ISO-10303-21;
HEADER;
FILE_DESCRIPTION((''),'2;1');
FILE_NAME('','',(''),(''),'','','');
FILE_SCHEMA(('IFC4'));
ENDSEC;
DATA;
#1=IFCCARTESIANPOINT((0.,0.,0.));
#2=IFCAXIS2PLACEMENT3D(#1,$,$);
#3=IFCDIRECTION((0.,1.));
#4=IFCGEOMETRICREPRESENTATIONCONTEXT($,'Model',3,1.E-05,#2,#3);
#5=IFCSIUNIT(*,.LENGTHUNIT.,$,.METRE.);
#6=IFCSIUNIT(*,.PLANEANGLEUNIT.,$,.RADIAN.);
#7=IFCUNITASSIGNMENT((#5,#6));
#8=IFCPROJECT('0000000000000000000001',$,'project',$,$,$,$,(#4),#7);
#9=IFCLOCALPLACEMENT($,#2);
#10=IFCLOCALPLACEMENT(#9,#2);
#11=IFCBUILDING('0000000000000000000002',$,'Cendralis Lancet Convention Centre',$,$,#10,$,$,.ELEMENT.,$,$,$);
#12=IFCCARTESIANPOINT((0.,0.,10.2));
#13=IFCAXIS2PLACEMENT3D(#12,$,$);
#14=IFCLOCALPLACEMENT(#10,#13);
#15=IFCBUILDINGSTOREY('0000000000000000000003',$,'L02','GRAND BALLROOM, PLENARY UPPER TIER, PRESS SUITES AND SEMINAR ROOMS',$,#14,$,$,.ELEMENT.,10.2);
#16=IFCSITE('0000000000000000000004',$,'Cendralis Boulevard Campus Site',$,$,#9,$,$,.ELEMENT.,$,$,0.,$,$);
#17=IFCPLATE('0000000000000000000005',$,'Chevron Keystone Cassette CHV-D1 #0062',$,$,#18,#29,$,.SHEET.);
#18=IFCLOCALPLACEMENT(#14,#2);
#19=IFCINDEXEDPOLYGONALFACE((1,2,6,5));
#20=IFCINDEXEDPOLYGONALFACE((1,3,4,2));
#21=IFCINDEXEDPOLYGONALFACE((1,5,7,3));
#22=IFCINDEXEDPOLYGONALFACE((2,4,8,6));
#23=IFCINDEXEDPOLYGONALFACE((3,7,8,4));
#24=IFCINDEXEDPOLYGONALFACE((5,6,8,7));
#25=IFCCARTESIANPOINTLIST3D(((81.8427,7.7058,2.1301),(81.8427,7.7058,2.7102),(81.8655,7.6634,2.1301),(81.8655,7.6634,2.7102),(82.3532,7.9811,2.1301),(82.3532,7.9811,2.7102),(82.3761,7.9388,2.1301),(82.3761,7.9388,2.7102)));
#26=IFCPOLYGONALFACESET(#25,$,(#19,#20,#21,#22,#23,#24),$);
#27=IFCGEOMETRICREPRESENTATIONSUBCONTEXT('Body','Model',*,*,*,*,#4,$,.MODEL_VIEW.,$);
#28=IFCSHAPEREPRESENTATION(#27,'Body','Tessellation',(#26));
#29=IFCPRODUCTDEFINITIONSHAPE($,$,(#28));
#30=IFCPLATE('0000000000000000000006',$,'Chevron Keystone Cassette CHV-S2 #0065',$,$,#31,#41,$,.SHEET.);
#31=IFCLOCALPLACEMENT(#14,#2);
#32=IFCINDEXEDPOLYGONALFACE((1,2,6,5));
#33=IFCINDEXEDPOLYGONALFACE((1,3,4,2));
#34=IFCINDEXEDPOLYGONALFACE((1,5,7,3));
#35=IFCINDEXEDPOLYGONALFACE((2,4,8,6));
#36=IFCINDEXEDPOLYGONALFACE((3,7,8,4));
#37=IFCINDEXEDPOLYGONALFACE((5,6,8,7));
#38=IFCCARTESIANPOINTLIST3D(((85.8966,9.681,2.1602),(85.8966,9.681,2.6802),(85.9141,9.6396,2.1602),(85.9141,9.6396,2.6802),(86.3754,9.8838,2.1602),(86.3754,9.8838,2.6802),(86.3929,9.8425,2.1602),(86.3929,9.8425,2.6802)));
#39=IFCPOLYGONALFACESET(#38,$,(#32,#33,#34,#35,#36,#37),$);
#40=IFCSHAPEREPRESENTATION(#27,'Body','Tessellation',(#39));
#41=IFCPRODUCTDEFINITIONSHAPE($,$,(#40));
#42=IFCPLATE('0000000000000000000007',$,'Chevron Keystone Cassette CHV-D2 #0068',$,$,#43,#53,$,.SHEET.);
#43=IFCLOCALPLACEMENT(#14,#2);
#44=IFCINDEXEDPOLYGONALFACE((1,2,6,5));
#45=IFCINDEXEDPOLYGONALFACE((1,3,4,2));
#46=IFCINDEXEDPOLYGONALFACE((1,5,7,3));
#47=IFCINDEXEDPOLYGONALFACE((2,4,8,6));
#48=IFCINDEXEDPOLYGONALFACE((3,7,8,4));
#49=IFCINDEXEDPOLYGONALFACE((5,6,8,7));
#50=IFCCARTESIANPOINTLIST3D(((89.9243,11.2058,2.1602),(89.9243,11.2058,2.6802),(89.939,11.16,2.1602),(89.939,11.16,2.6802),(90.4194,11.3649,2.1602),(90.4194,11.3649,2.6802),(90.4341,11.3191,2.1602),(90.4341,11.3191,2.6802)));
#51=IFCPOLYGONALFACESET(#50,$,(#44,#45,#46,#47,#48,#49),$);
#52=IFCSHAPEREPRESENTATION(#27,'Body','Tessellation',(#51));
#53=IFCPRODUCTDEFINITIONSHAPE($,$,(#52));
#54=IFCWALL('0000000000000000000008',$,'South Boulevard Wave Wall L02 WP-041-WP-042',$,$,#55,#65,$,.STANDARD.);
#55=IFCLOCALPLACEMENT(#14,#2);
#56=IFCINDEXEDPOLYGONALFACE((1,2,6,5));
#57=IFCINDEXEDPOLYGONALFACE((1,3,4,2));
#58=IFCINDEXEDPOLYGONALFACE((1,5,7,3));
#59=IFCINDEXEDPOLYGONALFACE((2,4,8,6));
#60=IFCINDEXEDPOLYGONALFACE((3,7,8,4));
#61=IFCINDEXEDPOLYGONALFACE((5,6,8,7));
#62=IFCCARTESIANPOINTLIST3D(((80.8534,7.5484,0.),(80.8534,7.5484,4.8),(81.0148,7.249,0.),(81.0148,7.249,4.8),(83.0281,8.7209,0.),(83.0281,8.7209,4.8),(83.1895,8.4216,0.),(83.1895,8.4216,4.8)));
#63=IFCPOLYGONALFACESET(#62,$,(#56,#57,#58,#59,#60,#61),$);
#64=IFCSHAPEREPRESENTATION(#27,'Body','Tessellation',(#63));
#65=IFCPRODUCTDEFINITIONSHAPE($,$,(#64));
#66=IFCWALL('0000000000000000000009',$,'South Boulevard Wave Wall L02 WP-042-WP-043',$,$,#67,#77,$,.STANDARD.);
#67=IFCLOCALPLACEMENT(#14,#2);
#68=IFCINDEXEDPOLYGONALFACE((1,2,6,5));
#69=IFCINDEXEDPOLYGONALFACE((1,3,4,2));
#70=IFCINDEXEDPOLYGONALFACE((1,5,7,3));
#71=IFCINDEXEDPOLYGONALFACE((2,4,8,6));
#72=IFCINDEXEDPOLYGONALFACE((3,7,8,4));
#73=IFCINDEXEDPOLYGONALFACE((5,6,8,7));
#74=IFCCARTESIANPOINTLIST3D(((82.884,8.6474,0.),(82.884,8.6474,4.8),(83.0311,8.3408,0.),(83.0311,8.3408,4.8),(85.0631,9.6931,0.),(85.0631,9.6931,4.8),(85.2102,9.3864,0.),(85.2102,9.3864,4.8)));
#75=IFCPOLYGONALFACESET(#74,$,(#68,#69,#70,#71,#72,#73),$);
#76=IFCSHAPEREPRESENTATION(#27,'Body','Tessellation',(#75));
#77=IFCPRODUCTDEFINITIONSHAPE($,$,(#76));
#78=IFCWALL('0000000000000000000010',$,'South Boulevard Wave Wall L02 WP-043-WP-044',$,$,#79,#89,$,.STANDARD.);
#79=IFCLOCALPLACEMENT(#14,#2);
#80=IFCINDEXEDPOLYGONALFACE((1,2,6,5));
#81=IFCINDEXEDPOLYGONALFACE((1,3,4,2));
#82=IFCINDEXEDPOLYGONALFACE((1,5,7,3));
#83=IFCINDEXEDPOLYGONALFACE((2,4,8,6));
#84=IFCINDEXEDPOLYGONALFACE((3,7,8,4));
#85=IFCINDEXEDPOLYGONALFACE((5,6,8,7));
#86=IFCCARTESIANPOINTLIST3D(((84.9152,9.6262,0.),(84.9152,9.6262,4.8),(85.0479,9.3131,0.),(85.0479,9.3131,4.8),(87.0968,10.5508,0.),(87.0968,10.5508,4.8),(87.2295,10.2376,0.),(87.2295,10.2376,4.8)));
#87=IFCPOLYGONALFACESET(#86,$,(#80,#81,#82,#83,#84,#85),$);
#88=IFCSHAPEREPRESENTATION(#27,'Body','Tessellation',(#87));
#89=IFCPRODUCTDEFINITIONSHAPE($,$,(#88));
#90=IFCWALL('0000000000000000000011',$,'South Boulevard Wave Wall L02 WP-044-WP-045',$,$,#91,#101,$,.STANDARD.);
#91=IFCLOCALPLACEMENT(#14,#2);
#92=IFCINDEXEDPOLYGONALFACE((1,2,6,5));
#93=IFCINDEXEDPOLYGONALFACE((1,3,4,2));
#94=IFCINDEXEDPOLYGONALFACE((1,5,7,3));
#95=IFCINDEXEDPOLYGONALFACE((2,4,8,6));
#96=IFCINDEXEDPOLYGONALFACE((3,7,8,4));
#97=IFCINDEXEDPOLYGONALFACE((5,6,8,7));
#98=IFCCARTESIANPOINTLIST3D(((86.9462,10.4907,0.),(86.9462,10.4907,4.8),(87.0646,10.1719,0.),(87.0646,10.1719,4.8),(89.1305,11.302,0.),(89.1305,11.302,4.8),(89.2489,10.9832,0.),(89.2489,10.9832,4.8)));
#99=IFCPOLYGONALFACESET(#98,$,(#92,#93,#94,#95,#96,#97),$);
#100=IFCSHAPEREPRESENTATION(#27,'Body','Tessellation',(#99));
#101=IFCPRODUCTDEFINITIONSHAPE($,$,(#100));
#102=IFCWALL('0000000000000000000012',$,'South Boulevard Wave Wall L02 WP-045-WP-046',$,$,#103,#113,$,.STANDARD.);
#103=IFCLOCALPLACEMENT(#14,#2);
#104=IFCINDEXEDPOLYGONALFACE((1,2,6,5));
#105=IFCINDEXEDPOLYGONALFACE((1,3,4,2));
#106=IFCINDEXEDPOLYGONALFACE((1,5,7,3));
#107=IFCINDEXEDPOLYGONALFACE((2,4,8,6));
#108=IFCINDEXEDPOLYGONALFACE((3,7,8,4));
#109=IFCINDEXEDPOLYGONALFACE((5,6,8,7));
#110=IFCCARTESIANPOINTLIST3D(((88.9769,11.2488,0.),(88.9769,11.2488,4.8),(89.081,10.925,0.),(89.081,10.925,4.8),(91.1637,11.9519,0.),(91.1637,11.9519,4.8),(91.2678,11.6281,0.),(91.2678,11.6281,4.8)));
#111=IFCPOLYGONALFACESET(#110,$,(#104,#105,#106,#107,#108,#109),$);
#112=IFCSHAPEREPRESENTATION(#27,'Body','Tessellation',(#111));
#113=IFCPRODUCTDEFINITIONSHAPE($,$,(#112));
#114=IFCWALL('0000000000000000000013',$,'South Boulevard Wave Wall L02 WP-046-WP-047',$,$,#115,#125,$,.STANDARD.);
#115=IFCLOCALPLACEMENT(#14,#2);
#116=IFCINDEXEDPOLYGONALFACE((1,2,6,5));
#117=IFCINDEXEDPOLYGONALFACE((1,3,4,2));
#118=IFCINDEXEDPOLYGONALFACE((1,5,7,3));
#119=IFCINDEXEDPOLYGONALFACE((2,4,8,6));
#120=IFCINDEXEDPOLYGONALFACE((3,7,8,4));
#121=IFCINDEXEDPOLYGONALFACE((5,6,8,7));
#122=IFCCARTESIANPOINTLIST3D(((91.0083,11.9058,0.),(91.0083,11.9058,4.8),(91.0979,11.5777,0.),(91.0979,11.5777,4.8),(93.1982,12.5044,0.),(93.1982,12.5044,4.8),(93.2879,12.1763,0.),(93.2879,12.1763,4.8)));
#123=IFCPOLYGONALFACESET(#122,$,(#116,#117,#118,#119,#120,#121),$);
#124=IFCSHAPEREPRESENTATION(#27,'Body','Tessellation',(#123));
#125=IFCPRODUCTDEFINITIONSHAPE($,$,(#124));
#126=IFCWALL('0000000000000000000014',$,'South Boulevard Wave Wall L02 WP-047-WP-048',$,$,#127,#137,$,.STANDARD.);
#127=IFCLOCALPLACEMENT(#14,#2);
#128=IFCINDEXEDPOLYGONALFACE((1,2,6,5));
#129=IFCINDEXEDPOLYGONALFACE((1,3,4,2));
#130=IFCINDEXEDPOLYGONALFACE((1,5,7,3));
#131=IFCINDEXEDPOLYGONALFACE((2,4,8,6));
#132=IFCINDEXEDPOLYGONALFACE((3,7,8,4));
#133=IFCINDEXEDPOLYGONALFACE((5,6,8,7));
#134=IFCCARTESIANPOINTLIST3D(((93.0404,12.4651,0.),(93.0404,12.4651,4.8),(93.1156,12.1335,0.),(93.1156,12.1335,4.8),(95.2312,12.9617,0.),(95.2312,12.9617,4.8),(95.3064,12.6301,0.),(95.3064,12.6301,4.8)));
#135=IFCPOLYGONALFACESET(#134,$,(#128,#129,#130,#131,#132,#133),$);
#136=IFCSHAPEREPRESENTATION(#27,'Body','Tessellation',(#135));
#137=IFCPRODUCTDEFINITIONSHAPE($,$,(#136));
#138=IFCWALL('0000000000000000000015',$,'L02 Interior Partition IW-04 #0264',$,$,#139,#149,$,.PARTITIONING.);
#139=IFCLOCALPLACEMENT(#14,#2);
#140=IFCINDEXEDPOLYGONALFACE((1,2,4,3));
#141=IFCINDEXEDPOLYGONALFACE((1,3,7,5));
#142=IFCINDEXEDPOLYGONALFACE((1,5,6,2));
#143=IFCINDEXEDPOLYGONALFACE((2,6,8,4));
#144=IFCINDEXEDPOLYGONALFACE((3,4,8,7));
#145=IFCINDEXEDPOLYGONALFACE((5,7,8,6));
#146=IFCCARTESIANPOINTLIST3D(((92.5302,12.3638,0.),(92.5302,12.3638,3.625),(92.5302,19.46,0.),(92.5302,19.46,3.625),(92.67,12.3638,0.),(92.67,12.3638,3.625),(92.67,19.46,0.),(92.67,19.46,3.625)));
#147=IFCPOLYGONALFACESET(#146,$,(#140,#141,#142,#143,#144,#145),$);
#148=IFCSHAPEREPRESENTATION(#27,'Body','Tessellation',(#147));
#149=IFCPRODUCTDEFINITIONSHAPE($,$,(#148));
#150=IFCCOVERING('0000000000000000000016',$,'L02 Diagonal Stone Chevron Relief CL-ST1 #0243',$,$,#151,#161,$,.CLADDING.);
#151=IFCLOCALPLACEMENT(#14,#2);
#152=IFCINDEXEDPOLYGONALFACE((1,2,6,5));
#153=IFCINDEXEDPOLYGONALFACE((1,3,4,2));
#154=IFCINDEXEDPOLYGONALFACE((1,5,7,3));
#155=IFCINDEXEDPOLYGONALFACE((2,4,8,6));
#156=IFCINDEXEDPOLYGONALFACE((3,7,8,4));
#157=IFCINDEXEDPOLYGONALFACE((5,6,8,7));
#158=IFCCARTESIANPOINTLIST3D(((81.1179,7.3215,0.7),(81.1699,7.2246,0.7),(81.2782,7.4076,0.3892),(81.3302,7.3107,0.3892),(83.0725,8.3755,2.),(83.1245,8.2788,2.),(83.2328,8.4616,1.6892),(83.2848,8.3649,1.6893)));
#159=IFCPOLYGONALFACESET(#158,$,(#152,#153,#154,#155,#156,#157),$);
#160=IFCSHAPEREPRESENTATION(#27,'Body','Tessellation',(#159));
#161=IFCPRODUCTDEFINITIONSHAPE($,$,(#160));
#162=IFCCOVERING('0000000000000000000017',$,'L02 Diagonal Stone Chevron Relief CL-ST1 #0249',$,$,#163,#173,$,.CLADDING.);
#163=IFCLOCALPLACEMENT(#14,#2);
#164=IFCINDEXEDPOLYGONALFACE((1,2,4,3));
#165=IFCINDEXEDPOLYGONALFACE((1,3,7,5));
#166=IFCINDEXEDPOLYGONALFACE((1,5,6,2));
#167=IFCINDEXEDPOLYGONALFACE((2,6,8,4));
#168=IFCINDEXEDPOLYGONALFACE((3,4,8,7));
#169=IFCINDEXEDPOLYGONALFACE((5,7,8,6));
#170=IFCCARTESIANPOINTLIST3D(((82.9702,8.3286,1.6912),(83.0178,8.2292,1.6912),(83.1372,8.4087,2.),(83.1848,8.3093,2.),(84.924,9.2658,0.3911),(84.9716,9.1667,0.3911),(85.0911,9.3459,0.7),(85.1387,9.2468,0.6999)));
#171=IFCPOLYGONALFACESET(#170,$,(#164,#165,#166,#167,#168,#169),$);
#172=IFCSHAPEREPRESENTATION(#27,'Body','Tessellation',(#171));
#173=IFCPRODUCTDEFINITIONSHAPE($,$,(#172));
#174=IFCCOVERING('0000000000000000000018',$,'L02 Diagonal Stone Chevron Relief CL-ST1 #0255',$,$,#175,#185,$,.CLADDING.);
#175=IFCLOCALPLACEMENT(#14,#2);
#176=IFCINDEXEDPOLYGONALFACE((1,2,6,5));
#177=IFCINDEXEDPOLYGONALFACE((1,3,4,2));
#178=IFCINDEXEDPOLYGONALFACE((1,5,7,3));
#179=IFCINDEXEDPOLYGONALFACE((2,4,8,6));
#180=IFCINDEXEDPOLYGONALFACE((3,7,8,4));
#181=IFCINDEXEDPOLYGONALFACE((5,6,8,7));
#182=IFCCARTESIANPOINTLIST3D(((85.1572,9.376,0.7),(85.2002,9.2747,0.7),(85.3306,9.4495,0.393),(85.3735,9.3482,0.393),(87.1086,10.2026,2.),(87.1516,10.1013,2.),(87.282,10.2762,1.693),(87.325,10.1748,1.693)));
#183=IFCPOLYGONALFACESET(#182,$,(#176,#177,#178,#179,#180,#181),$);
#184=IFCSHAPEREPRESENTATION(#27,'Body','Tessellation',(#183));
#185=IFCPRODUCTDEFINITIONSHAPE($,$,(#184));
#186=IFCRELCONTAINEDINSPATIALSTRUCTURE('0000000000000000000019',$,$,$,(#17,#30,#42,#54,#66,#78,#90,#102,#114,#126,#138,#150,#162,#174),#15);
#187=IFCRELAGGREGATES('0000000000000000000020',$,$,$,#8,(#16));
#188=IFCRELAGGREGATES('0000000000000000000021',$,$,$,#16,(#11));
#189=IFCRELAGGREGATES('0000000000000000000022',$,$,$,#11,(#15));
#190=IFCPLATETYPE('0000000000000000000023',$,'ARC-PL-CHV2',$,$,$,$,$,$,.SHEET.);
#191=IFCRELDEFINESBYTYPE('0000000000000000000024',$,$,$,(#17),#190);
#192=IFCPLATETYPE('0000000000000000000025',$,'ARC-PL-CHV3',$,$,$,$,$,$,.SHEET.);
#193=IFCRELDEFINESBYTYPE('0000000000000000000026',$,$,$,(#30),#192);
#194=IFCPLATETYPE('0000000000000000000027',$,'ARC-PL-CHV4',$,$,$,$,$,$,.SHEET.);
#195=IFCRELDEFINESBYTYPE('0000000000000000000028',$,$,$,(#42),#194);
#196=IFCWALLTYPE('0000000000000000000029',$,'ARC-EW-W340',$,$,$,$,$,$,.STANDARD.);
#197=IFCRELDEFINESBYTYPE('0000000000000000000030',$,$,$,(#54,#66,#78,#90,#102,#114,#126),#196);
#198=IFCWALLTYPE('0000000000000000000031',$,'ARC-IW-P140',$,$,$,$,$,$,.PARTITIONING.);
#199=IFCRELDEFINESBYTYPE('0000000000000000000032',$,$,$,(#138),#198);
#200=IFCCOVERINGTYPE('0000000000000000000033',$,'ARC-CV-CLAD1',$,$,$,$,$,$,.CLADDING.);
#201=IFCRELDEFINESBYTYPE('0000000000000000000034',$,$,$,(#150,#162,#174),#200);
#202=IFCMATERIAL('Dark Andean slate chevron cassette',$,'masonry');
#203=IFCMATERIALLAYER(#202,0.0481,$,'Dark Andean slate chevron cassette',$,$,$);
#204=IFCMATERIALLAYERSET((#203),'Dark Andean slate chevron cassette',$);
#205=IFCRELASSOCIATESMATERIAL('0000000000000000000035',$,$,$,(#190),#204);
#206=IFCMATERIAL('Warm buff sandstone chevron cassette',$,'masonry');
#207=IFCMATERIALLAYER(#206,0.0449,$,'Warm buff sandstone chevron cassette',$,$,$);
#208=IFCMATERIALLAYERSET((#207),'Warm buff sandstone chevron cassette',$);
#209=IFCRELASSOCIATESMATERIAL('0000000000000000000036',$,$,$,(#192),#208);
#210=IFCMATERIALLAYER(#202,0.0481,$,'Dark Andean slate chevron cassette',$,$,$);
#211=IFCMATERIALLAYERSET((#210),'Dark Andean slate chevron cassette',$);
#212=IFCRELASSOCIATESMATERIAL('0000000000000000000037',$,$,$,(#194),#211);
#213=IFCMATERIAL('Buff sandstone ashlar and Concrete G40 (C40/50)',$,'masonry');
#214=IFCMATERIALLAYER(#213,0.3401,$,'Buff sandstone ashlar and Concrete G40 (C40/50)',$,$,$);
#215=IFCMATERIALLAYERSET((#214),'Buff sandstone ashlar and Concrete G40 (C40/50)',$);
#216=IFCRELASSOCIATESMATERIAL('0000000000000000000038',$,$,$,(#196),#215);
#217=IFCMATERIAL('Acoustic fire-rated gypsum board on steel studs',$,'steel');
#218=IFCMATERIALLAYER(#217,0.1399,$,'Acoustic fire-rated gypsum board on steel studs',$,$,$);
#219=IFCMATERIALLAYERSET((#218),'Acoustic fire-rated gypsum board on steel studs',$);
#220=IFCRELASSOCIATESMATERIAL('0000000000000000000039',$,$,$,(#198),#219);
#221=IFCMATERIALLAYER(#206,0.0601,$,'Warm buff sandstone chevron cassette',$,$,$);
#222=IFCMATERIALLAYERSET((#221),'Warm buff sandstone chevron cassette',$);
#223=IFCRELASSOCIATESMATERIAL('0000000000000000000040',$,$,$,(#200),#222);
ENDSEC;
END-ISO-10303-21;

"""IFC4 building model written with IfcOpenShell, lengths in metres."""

from ifc_helpers import new_model, si_unit, direction, frame, frame_2d, origin, origin_2d, place, context, subcontext, project, spatial, polyline, rectangle, outline, extrude, material, layer, layer_set, type_object, element, save


model = new_model("IFC4")

# Units and contexts
model_context = context("Model", 3, precision=1e-05, world=origin(), true_north=direction((0.0, 1.0)))
body_context = subcontext(model_context, "Body", "Model", "MODEL_VIEW")
ifc_project = project(units=[si_unit("LENGTHUNIT", "METRE"), si_unit("PLANEANGLEUNIT", "RADIAN")], contexts=[model_context])

# Site, building, storey
site_placement = place(None, origin())
site = spatial("IfcSite", under=ifc_project, at=site_placement, Name="Cendralis Boulevard Campus Site", CompositionType="ELEMENT", RefElevation=0.0)
building_placement = place(site_placement, origin())
building = spatial("IfcBuilding", under=site, at=building_placement, Name="Cendralis Lancet Convention Centre", CompositionType="ELEMENT")
storey_placement = place(building_placement, frame((0.0, 0.0, 10.2)))
storey = spatial("IfcBuildingStorey", under=building, at=storey_placement, Name="L02", Description="GRAND BALLROOM, PLENARY UPPER TIER, PRESS SUITES AND SEMINAR ROOMS", CompositionType="ELEMENT", Elevation=10.2)

# Plates
ifc_material_1 = material(Name="Dark Andean slate chevron cassette", Category="masonry")
ifc_layer_1 = layer(ifc_material_1, 0.0481, Name="Dark Andean slate chevron cassette")
ifc_layer_set_1 = layer_set([ifc_layer_1], Name="Dark Andean slate chevron cassette")
plate_type_1 = type_object("IfcPlateType", Name="ARC-PL-CHV2", PredefinedType="SHEET", material=ifc_layer_set_1)
plate_1_placement = place(storey_placement, frame((82.1094, 7.8223, 2.1301), z_axis=(0.0, 0.0, 1.0), x_axis=(0.880179, 0.474641, 0.0)))
element("IfcPlate", 1, at=plate_1_placement, inside=storey, type_object=plate_type_1, Name="Chevron Keystone Cassette CHV-D1 #0062", PredefinedType="SHEET", context=body_context, shape_type="SweptSolid", body=[
    extrude(rectangle(XDim=0.5801, YDim=0.0481, at=origin_2d()), origin(), (0.0, 0.0, 1.0), 0.5801),
])
ifc_material_2 = material(Name="Warm buff sandstone chevron cassette", Category="masonry")
ifc_layer_2 = layer(ifc_material_2, 0.0449, Name="Warm buff sandstone chevron cassette")
ifc_layer_set_2 = layer_set([ifc_layer_2], Name="Warm buff sandstone chevron cassette")
plate_type_2 = type_object("IfcPlateType", Name="ARC-PL-CHV3", PredefinedType="SHEET", material=ifc_layer_set_2)
plate_2_placement = place(storey_placement, frame((86.1448, 9.7617, 2.1602), z_axis=(0.0, 0.0, 1.0), x_axis=(0.920757, 0.390137, 0.0)))
element("IfcPlate", 2, at=plate_2_placement, inside=storey, type_object=plate_type_2, Name="Chevron Keystone Cassette CHV-S2 #0065", PredefinedType="SHEET", context=body_context, shape_type="SweptSolid", body=[
    extrude(rectangle(XDim=0.52, YDim=0.0449, at=origin_2d()), origin(), (0.0, 0.0, 1.0), 0.52),
])
ifc_layer_3 = layer(ifc_material_1, 0.0481, Name="Dark Andean slate chevron cassette")
ifc_layer_set_3 = layer_set([ifc_layer_3], Name="Dark Andean slate chevron cassette")
plate_type_3 = type_object("IfcPlateType", Name="ARC-PL-CHV4", PredefinedType="SHEET", material=ifc_layer_set_3)
plate_3_placement = place(storey_placement, frame((90.1792, 11.2625, 2.1602), z_axis=(0.0, 0.0, 1.0), x_axis=(0.952012, 0.306061, 0.0)))
element("IfcPlate", 3, at=plate_3_placement, inside=storey, type_object=plate_type_3, Name="Chevron Keystone Cassette CHV-D2 #0068", PredefinedType="SHEET", context=body_context, shape_type="SweptSolid", body=[
    extrude(rectangle(XDim=0.52, YDim=0.0481, at=origin_2d()), origin(), (0.0, 0.0, 1.0), 0.52),
])

# Walls
ifc_material_3 = material(Name="Buff sandstone ashlar and Concrete G40 (C40/50)", Category="masonry")
ifc_layer_4 = layer(ifc_material_3, 0.3401, Name="Buff sandstone ashlar and Concrete G40 (C40/50)")
ifc_layer_set_4 = layer_set([ifc_layer_4], Name="Buff sandstone ashlar and Concrete G40 (C40/50)")
wall_type_1 = type_object("IfcWallType", Name="ARC-EW-W340", PredefinedType="STANDARD", material=ifc_layer_set_4)
wall_1_placement = place(storey_placement, frame((80.9341, 7.3987, 0.0), z_axis=(0.0, 0.0, 1.0), x_axis=(0.880208, 0.474589, 0.0)))
element("IfcWall", 4, at=wall_1_placement, inside=storey, type_object=wall_type_1, Name="South Boulevard Wave Wall L02 WP-041-WP-042", PredefinedType="STANDARD", context=body_context, shape_type="SweptSolid", body=[
    extrude(rectangle(XDim=2.4707, YDim=0.3401, at=frame_2d((1.2354, 0.0))), origin(), (0.0, 0.0, 1.0), 4.8),
])
wall_2_placement = place(storey_placement, frame((82.9575, 8.4941, 0.0), z_axis=(0.0, 0.0, 1.0), x_axis=(0.901581, 0.43261, 0.0)))
element("IfcWall", 5, at=wall_2_placement, inside=storey, type_object=wall_type_1, Name="South Boulevard Wave Wall L02 WP-042-WP-043", PredefinedType="STANDARD", context=body_context, shape_type="SweptSolid", body=[
    extrude(rectangle(XDim=2.417, YDim=0.3401, at=frame_2d((1.2085, 0.0))), origin(), (0.0, 0.0, 1.0), 4.8),
])
wall_3_placement = place(storey_placement, frame((84.9817, 9.4697, 0.0), z_axis=(0.0, 0.0, 1.0), x_axis=(0.920731, 0.390198, 0.0)))
element("IfcWall", 6, at=wall_3_placement, inside=storey, type_object=wall_type_1, Name="South Boulevard Wave Wall L02 WP-043-WP-044", PredefinedType="STANDARD", context=body_context, shape_type="SweptSolid", body=[
    extrude(rectangle(XDim=2.3694, YDim=0.3401, at=frame_2d((1.1846, 0.0))), origin(), (0.0, 0.0, 1.0), 4.8),
])
wall_4_placement = place(storey_placement, frame((87.0054, 10.3313, 0.0), z_axis=(0.0, 0.0, 1.0), x_axis=(0.937431, 0.348171, 0.0)))
element("IfcWall", 7, at=wall_4_placement, inside=storey, type_object=wall_type_1, Name="South Boulevard Wave Wall L02 WP-044-WP-045", PredefinedType="STANDARD", context=body_context, shape_type="SweptSolid", body=[
    extrude(rectangle(XDim=2.3301, YDim=0.3401, at=frame_2d((1.165, 0.0))), origin(), (0.0, 0.0, 1.0), 4.8),
])
wall_5_placement = place(storey_placement, frame((89.0291, 11.0869, 0.0), z_axis=(0.0, 0.0, 1.0), x_axis=(0.951999, 0.306102, 0.0)))
element("IfcWall", 8, at=wall_5_placement, inside=storey, type_object=wall_type_1, Name="South Boulevard Wave Wall L02 WP-045-WP-046", PredefinedType="STANDARD", context=body_context, shape_type="SweptSolid", body=[
    extrude(rectangle(XDim=2.2971, YDim=0.3401, at=frame_2d((1.1484, 0.0))), origin(), (0.0, 0.0, 1.0), 4.8),
])
wall_6_placement = place(storey_placement, frame((91.053, 11.7417, 0.0), z_axis=(0.0, 0.0, 1.0), x_axis=(0.96461, 0.263682, 0.0)))
element("IfcWall", 9, at=wall_6_placement, inside=storey, type_object=wall_type_1, Name="South Boulevard Wave Wall L02 WP-046-WP-047", PredefinedType="STANDARD", context=body_context, shape_type="SweptSolid", body=[
    extrude(rectangle(XDim=2.2703, YDim=0.3401, at=frame_2d((1.1353, 0.0))), origin(), (0.0, 0.0, 1.0), 4.8),
])
wall_7_placement = place(storey_placement, frame((93.0781, 12.2993, 0.0), z_axis=(0.0, 0.0, 1.0), x_axis=(0.975258, 0.221071, 0.0)))
element("IfcWall", 10, at=wall_7_placement, inside=storey, type_object=wall_type_1, Name="South Boulevard Wave Wall L02 WP-047-WP-048", PredefinedType="STANDARD", context=body_context, shape_type="SweptSolid", body=[
    extrude(rectangle(XDim=2.2463, YDim=0.3401, at=frame_2d((1.123, 0.0))), origin(), (0.0, 0.0, 1.0), 4.8),
])
ifc_material_4 = material(Name="Acoustic fire-rated gypsum board on steel studs", Category="steel")
ifc_layer_5 = layer(ifc_material_4, 0.1399, Name="Acoustic fire-rated gypsum board on steel studs")
ifc_layer_set_5 = layer_set([ifc_layer_5], Name="Acoustic fire-rated gypsum board on steel studs")
wall_type_2 = type_object("IfcWallType", Name="ARC-IW-P140", PredefinedType="PARTITIONING", material=ifc_layer_set_5)
wall_8_placement = place(storey_placement, frame((92.6001, 12.3638, 0.0), z_axis=(0.0, 0.0, 1.0), x_axis=(0.0, 1.0, 0.0)))
element("IfcWall", 11, at=wall_8_placement, inside=storey, type_object=wall_type_2, Name="L02 Interior Partition IW-04 #0264", PredefinedType="PARTITIONING", context=body_context, shape_type="SweptSolid", body=[
    extrude(rectangle(XDim=7.0962, YDim=0.1399, at=frame_2d((3.5481, 0.0))), origin(), (0.0, 0.0, 1.0), 3.625),
])

# Coverings
ifc_layer_6 = layer(ifc_material_2, 0.0601, Name="Warm buff sandstone chevron cassette")
ifc_layer_set_6 = layer_set([ifc_layer_6], Name="Warm buff sandstone chevron cassette")
covering_type_1 = type_object("IfcCoveringType", Name="ARC-CV-CLAD1", PredefinedType="CLADDING", material=ifc_layer_set_6)
covering_1_placement = place(storey_placement, frame((81.1699, 7.2246, 0.7), z_axis=(-0.445063, -0.239088, 0.862992), x_axis=(0.75956, 0.409665, 0.505216)))
element("IfcCovering", 12, at=covering_1_placement, inside=storey, type_object=covering_type_1, Name="L02 Diagonal Stone Chevron Relief CL-ST1 #0243", PredefinedType="CLADDING", context=body_context, shape_type="SweptSolid", body=[
    extrude(outline(polyline([(0.0, 0.0), (2.5733, 0.0), (2.5734, 0.1098), (0.0002, 0.11), (0.0, 0.0)])), origin(), (0.0, 0.0, -1.0), 0.3601),
])
covering_2_placement = place(storey_placement, frame((83.1848, 8.3093, 2.0), z_axis=(0.463831, 0.222502, 0.857528), x_axis=(0.773135, 0.370966, -0.514438)))
element("IfcCovering", 13, at=covering_2_placement, inside=storey, type_object=covering_type_1, Name="L02 Diagonal Stone Chevron Relief CL-ST1 #0249", PredefinedType="CLADDING", context=body_context, shape_type="SweptSolid", body=[
    extrude(outline(polyline([(0.0, 0.0), (2.5272, 0.0), (2.5271, 0.11), (0.0001, 0.1102), (0.0, 0.0)])), origin(), (0.0, 0.0, -1.0), 0.3601),
])
covering_3_placement = place(storey_placement, frame((85.2002, 9.2747, 0.7), z_axis=(-0.48139, -0.204156, 0.852399), x_axis=(0.784878, 0.332491, 0.522892)))
element("IfcCovering", 14, at=covering_3_placement, inside=storey, type_object=covering_type_1, Name="L02 Diagonal Stone Chevron Relief CL-ST1 #0255", PredefinedType="CLADDING", context=body_context, shape_type="SweptSolid", body=[
    extrude(outline(polyline([(0.0, 0.0), (2.4863, 0.0), (2.4862, 0.1101), (0.0, 0.1101), (0.0, 0.0)])), origin(), (0.0, 0.0, -1.0), 0.3601),
])

save(model, "model.ifc")
